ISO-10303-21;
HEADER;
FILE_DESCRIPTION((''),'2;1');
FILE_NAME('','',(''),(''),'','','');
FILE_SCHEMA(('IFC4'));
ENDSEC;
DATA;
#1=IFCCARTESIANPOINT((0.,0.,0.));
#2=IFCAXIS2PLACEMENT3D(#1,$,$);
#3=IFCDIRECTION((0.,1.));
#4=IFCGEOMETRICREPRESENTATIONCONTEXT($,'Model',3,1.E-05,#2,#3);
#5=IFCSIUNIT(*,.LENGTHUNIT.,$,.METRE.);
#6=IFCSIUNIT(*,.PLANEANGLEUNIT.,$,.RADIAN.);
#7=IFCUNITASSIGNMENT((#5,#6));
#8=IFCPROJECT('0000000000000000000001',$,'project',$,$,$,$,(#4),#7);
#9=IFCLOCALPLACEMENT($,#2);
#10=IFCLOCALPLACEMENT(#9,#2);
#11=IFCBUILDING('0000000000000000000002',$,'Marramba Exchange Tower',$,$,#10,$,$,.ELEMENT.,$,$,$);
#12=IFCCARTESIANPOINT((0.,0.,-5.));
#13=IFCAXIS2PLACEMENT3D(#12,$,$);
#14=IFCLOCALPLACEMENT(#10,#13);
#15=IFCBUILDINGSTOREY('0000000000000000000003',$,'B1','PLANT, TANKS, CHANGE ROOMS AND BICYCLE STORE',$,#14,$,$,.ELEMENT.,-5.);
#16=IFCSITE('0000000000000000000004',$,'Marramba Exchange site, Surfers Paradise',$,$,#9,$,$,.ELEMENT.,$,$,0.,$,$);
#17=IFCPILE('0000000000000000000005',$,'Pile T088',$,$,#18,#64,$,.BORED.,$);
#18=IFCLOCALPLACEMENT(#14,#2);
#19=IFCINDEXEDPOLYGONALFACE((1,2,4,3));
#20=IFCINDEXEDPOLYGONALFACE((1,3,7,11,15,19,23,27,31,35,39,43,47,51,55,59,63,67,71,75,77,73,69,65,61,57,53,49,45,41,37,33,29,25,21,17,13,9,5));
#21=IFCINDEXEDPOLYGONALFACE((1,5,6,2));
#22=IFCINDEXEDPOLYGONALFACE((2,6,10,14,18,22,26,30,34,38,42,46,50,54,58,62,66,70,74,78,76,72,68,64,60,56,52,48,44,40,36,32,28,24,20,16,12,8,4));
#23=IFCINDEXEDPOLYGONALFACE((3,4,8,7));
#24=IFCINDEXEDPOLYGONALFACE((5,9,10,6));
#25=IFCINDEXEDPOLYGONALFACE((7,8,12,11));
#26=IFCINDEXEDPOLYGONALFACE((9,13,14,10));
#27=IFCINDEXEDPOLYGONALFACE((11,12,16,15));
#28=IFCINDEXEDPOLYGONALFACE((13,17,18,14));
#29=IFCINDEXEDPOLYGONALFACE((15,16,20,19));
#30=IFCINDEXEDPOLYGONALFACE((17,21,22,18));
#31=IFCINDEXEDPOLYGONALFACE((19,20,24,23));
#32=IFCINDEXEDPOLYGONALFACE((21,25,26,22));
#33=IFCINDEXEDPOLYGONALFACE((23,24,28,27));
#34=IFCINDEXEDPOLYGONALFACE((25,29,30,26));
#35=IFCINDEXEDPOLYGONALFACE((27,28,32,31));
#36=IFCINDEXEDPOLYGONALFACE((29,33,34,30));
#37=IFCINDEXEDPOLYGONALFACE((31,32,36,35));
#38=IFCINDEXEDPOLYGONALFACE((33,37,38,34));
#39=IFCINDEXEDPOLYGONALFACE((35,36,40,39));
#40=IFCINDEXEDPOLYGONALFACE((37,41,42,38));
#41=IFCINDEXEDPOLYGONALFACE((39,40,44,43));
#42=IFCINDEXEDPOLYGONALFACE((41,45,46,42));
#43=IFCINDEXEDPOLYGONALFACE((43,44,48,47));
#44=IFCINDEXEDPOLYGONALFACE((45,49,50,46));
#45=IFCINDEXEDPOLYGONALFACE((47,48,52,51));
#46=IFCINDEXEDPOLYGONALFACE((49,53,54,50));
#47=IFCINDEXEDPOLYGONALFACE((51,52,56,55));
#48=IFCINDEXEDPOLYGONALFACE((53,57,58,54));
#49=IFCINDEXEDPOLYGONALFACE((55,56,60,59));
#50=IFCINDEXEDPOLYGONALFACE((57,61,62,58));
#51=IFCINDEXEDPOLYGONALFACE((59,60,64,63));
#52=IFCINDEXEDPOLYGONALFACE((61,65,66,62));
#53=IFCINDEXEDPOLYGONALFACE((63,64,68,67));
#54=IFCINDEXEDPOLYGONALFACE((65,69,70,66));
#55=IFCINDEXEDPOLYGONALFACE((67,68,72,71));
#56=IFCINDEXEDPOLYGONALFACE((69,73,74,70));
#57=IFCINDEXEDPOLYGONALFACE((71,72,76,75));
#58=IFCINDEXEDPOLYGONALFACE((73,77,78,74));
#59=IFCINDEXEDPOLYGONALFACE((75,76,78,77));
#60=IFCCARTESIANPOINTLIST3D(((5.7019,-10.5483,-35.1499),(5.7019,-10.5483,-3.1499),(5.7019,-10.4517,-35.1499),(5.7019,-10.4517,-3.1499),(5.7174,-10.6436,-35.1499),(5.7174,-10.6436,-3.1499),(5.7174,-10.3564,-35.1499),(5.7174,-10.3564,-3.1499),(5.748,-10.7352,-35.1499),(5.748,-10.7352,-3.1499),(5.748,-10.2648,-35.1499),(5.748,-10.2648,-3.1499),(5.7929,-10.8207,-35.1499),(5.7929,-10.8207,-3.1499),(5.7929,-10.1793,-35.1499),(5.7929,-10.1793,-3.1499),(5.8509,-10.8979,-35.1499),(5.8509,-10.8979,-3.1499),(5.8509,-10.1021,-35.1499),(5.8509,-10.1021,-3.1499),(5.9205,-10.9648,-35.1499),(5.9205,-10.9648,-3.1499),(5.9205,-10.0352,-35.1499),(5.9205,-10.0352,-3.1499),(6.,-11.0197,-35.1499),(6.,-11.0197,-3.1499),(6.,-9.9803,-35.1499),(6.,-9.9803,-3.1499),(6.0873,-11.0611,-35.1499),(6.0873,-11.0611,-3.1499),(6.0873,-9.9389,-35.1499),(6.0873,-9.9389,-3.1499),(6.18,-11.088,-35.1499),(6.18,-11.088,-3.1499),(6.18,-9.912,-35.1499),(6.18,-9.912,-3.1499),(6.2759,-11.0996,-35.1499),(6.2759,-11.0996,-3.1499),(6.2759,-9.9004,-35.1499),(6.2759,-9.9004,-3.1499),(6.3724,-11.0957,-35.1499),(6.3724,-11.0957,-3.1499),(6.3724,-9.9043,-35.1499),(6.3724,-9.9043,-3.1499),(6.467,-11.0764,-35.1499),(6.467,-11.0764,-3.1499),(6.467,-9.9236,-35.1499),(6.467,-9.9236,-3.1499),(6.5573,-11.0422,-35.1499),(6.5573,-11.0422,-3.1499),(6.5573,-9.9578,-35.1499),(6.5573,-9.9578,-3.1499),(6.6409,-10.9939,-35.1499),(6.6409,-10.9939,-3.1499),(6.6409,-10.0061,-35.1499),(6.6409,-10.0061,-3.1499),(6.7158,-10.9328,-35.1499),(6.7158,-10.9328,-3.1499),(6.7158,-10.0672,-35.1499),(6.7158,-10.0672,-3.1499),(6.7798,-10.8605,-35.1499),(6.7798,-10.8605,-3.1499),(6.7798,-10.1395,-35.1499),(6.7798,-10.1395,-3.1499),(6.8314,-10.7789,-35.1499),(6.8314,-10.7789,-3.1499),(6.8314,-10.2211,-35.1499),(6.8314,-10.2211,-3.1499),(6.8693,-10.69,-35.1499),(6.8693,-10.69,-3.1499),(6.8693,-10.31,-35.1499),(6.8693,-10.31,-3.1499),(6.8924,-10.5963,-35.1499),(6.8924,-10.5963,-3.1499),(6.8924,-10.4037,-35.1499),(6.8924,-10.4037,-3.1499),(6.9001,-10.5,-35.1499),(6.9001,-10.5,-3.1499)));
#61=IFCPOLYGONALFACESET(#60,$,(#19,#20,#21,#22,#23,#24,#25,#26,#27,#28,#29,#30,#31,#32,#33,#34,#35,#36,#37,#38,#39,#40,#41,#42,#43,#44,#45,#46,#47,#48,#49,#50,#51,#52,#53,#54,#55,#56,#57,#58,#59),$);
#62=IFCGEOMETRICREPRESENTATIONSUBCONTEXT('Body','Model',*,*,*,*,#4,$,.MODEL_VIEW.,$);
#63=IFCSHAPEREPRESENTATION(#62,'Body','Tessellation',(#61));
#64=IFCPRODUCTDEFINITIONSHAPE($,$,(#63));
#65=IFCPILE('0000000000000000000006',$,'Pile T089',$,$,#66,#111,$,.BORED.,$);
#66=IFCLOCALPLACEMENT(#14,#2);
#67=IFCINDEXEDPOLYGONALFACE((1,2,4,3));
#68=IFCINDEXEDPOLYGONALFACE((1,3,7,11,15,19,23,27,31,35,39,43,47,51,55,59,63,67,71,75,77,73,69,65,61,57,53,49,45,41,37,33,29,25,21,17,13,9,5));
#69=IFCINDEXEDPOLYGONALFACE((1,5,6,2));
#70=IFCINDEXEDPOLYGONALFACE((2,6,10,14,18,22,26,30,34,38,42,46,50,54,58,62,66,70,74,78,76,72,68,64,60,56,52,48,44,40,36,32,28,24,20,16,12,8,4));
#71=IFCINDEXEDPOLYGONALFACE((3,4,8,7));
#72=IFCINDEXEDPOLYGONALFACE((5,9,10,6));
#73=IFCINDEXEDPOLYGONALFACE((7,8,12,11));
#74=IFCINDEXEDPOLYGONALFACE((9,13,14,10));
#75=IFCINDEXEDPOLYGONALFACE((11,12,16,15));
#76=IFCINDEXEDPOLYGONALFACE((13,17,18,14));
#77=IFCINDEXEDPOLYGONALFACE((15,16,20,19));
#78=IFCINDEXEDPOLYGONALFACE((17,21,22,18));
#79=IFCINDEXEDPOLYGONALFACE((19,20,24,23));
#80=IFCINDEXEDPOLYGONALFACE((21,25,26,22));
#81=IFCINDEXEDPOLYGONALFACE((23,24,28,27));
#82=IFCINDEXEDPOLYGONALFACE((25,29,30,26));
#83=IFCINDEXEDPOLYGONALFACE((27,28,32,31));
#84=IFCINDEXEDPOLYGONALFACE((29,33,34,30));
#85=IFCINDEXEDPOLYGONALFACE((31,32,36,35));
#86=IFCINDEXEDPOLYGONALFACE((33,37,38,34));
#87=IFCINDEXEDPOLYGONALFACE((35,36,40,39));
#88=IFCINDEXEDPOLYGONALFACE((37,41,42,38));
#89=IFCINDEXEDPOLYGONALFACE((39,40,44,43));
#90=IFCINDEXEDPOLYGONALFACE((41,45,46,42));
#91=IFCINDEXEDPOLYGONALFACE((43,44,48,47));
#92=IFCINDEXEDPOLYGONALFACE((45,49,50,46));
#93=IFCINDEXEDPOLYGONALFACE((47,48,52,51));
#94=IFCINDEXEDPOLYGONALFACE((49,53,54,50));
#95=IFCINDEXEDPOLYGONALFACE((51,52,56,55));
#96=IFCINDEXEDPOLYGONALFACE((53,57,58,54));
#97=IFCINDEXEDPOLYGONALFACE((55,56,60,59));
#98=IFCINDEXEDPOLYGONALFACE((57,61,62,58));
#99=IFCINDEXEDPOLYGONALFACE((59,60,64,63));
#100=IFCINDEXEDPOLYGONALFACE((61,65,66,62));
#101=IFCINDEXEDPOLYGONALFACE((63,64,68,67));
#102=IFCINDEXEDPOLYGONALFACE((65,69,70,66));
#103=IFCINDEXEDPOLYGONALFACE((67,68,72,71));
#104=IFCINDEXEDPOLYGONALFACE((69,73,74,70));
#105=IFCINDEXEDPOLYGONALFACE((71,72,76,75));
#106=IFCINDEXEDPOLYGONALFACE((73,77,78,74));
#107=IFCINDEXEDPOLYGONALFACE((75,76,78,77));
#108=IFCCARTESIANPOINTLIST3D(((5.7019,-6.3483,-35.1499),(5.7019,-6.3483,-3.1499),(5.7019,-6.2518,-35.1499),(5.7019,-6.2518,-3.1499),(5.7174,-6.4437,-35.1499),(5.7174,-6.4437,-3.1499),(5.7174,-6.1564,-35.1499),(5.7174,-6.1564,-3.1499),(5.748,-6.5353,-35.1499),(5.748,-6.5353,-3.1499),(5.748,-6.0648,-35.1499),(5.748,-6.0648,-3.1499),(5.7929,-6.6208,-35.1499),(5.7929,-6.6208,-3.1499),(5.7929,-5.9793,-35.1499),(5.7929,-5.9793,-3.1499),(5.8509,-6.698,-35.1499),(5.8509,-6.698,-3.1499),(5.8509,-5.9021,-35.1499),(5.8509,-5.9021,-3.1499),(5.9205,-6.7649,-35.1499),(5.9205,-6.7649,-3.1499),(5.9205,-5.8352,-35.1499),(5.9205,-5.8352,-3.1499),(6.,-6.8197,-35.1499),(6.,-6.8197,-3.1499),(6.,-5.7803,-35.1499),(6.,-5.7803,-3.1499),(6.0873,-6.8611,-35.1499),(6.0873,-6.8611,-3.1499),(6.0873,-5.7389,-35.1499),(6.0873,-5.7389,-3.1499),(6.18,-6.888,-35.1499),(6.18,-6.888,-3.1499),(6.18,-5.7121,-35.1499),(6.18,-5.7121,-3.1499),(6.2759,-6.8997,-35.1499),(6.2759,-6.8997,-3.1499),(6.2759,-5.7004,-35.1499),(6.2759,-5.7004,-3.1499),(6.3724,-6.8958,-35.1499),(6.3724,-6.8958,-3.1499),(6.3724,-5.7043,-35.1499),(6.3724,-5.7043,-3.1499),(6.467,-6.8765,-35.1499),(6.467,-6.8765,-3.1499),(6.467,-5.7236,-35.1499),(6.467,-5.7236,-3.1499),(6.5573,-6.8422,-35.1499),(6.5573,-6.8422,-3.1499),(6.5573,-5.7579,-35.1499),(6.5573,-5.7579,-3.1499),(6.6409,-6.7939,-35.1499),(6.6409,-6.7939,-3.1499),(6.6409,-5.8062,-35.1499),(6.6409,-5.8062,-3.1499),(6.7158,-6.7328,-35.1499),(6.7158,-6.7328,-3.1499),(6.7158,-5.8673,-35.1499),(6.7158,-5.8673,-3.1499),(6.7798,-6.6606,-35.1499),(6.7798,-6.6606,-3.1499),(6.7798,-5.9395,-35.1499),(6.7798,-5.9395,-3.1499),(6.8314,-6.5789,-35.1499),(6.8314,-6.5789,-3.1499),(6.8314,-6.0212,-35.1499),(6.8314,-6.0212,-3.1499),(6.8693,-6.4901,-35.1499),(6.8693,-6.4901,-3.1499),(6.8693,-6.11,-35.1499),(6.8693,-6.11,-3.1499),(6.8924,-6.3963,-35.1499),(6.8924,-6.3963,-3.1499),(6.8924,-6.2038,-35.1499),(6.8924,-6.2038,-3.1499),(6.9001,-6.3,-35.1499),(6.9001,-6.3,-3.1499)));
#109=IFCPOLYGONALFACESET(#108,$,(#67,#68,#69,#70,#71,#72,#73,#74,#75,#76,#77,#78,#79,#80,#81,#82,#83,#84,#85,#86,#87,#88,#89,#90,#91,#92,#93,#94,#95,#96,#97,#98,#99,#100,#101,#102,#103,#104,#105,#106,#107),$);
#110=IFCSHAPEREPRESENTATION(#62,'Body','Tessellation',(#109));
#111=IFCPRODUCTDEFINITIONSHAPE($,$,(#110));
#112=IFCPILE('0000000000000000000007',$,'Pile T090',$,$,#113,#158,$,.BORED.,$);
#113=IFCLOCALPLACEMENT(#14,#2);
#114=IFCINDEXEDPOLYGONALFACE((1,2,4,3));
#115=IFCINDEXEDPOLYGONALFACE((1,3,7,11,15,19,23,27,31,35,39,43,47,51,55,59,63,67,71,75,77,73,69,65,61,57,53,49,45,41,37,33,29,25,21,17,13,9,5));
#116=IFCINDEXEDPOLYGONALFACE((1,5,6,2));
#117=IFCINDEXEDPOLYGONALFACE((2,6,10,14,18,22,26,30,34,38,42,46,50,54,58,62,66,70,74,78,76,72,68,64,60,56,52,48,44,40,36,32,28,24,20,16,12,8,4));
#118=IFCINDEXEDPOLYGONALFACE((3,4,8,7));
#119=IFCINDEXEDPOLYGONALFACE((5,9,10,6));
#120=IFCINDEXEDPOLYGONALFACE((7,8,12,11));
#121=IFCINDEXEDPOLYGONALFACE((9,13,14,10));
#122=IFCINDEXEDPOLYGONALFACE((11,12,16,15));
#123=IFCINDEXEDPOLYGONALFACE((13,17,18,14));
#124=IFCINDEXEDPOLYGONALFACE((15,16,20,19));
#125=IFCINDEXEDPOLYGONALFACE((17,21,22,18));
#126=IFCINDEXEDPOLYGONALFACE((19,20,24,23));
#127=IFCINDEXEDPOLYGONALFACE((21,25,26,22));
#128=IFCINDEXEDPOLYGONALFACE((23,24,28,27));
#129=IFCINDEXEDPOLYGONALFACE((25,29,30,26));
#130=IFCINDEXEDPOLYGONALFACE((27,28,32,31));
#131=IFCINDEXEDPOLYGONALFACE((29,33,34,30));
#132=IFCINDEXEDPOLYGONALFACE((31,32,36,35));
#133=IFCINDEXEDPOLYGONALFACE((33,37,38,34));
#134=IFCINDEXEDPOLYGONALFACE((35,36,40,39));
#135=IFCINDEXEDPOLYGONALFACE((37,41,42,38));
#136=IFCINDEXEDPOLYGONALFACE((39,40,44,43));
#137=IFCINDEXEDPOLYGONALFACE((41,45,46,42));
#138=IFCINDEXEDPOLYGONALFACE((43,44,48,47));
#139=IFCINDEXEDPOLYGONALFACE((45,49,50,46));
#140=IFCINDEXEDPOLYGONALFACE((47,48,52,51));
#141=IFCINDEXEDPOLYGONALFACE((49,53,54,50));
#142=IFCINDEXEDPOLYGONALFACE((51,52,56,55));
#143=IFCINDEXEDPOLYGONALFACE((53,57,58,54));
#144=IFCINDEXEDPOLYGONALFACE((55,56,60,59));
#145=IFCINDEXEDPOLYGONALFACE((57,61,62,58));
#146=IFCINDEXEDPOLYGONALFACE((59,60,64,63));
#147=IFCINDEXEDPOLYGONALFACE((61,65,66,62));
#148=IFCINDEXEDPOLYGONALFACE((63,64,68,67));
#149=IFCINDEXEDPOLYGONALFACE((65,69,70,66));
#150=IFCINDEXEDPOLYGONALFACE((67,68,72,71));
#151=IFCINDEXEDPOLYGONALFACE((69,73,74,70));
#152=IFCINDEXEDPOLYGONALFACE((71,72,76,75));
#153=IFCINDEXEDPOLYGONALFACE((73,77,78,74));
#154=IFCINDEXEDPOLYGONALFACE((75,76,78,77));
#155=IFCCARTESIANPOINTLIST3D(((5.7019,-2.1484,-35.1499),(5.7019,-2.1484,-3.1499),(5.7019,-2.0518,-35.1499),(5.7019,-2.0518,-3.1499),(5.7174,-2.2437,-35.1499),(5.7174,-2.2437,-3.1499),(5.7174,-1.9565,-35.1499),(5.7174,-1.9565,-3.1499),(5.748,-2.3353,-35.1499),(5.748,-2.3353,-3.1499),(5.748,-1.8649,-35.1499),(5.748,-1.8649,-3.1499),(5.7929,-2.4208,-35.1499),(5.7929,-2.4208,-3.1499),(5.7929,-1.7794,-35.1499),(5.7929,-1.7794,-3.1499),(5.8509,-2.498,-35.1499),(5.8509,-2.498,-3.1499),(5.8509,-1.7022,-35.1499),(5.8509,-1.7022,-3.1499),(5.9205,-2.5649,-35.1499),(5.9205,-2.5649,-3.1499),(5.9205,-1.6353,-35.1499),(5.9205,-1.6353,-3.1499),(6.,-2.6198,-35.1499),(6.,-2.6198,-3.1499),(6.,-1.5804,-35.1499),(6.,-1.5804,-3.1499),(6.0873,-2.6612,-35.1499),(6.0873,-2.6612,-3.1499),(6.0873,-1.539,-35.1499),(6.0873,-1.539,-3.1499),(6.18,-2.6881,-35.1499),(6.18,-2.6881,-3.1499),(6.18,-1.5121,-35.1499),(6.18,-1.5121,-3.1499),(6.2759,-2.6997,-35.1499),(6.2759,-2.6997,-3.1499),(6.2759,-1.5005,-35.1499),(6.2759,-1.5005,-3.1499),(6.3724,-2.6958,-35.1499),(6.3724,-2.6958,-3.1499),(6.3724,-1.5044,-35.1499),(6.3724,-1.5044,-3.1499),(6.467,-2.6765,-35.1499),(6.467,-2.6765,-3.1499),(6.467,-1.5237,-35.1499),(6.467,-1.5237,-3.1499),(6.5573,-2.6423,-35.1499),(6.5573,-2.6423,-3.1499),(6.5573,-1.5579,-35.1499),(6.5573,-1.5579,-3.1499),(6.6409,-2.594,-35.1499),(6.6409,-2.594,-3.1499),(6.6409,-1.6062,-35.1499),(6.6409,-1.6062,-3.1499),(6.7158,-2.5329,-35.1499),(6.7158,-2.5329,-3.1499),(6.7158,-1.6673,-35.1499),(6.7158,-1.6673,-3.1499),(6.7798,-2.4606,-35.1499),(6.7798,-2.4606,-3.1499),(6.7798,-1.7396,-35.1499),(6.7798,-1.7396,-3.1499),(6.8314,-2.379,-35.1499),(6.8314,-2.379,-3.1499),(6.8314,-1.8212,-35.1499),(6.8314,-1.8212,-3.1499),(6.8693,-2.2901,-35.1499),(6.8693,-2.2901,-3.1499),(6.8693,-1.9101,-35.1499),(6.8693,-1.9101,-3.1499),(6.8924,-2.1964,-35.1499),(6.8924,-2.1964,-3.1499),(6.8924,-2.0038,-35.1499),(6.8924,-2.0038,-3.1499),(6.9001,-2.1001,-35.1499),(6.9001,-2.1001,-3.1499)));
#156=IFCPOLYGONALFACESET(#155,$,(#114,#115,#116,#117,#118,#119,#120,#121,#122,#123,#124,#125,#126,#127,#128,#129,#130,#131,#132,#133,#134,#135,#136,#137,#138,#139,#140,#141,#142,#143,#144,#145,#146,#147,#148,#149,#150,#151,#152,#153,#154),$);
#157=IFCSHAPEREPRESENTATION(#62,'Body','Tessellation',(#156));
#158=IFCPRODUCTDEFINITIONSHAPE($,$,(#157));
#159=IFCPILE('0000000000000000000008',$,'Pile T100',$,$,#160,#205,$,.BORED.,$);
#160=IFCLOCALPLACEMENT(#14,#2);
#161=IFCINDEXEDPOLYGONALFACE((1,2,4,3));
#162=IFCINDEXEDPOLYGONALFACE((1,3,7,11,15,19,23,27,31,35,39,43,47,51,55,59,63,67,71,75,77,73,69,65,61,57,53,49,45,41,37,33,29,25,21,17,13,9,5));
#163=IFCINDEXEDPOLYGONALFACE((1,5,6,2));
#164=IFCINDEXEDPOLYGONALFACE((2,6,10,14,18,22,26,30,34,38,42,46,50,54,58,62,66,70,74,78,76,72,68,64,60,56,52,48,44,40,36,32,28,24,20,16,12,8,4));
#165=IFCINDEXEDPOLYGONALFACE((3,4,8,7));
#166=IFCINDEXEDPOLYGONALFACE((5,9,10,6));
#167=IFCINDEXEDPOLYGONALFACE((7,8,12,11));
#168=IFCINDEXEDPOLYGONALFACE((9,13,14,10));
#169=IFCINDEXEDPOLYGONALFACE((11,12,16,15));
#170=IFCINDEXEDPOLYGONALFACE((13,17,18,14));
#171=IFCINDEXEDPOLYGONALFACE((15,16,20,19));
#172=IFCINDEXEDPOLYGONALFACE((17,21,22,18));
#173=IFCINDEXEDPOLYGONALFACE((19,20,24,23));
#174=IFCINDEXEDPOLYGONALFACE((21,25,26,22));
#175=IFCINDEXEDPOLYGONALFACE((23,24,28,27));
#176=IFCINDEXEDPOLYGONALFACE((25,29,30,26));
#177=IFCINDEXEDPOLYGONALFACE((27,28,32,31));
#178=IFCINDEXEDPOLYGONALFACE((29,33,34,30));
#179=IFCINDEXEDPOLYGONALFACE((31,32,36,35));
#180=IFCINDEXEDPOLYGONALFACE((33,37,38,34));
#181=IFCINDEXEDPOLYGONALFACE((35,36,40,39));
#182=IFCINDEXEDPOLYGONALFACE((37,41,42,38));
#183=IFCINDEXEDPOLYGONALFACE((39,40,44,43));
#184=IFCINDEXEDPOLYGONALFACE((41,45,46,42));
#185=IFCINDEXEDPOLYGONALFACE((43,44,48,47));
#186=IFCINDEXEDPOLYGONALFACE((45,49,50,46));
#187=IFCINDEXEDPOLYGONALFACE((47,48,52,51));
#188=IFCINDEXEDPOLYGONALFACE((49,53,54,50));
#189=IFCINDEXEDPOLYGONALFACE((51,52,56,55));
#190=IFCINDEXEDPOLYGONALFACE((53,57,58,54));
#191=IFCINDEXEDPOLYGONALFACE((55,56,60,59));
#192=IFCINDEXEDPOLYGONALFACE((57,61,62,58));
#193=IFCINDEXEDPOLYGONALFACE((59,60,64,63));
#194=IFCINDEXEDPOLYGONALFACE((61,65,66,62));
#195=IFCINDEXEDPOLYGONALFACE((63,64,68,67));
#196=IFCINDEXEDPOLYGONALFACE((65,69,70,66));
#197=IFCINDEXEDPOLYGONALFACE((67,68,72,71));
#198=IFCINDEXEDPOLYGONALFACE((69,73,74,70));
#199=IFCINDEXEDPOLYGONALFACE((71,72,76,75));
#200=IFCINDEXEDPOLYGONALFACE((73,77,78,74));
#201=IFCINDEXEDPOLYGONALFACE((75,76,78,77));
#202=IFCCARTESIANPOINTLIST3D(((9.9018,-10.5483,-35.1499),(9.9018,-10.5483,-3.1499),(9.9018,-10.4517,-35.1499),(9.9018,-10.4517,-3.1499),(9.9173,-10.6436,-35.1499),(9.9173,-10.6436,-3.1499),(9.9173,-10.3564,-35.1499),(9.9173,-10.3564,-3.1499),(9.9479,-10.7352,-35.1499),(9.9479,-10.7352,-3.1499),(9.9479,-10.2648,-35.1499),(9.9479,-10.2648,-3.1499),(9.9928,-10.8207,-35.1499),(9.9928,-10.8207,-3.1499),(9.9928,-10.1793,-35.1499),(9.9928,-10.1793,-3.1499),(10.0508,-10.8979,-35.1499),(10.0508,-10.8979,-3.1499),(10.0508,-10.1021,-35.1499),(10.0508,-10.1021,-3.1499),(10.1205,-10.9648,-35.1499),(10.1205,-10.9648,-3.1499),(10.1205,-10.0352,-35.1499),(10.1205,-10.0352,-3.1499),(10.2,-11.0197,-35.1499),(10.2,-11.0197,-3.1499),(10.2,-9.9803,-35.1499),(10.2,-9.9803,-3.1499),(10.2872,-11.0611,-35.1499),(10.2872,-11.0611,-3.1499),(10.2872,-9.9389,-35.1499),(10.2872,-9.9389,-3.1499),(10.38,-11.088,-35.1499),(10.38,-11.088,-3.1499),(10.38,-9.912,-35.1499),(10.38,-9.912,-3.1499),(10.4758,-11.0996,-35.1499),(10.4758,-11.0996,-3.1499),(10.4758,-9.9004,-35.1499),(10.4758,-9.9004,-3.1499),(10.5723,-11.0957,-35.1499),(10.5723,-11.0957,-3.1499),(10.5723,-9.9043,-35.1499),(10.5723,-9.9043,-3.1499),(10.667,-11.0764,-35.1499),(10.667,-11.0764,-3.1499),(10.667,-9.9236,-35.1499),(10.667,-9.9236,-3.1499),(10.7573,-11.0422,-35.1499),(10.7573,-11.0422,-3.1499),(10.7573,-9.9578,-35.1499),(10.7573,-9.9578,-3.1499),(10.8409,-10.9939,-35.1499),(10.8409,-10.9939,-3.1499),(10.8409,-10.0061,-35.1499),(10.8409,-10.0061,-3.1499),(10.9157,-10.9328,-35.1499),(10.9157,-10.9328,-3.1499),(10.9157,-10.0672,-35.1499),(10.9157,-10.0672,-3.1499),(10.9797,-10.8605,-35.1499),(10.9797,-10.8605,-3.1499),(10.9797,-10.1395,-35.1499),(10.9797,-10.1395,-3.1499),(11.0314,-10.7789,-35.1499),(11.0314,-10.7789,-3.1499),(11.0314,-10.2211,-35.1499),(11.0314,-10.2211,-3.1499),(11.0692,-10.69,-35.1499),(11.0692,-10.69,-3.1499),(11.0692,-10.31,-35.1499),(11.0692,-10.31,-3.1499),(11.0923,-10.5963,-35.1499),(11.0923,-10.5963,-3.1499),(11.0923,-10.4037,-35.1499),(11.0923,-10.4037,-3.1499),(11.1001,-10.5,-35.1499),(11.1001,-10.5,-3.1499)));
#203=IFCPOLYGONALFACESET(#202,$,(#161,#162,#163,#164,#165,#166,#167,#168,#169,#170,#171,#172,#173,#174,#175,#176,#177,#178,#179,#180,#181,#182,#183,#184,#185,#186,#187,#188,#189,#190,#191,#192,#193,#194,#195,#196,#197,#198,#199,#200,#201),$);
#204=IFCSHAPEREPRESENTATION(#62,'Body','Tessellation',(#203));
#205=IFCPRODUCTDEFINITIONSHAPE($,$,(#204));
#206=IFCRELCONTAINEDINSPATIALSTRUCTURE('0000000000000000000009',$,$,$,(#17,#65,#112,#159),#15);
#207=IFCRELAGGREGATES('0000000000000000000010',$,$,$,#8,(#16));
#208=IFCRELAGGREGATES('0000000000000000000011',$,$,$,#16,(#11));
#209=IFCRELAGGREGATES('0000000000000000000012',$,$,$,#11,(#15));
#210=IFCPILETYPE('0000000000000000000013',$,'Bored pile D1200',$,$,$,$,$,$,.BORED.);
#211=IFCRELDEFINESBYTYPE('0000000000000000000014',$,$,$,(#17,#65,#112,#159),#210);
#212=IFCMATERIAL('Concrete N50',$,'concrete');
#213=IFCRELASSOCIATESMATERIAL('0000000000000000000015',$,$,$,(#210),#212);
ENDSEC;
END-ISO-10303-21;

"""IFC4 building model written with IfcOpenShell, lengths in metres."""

from ifc_helpers import new_model, si_unit, direction, frame, origin, origin_2d, place, context, subcontext, project, spatial, circle, extrude, material, material_profile, profile_set, type_object, element, save


model = new_model("IFC4")

# Units and contexts
model_context = context("Model", 3, precision=1e-05, world=origin(), true_north=direction((0.0, 1.0)))
body_context = subcontext(model_context, "Body", "Model", "MODEL_VIEW")
ifc_project = project(units=[si_unit("LENGTHUNIT", "METRE"), si_unit("PLANEANGLEUNIT", "RADIAN")], contexts=[model_context])

# Site, building, storey
site_placement = place(None, origin())
site = spatial("IfcSite", under=ifc_project, at=site_placement, Name="Marramba Exchange site, Surfers Paradise", CompositionType="ELEMENT", RefElevation=0.0)
building_placement = place(site_placement, origin())
building = spatial("IfcBuilding", under=site, at=building_placement, Name="Marramba Exchange Tower", CompositionType="ELEMENT")
storey_placement = place(building_placement, frame((0.0, 0.0, -5.0)))
storey = spatial("IfcBuildingStorey", under=building, at=storey_placement, Name="B1", Description="PLANT, TANKS, CHANGE ROOMS AND BICYCLE STORE", CompositionType="ELEMENT", Elevation=-5.0)

# Piles
ifc_material_1 = material(Name="Concrete N50", Category="concrete")
ifc_material_profile_1 = material_profile(ifc_material_1, circle(Radius=0.6001, at=origin_2d()), Name="BP D1200")
ifc_profile_set_1 = profile_set([ifc_material_profile_1], Name="Concrete N50")
pile_type = type_object("IfcPileType", Name="Bored pile D1200", PredefinedType="BORED", material=ifc_profile_set_1)
for number, where, z_axis, x_axis, name in (
    (1, (6.3, -10.5, -3.1499), (0.0, 0.0, -1.0), (1.0, 0.0, 0.0), "Pile T088"),
    (2, (6.3, -6.3, -3.1499), (0.0, 0.0, -1.0), (1.0, 0.0, 0.0), "Pile T089"),
    (3, (6.3, -2.1001, -3.1499), (0.0, 0.0, -1.0), (1.0, 0.0, 0.0), "Pile T090"),
    (4, (10.5, -10.5, -3.1499), (0.0, 0.0, -1.0), (1.0, 0.0, 0.0), "Pile T100"),
):
    element("IfcPile", number, at=place(storey_placement, frame(where, z_axis=z_axis, x_axis=x_axis)), inside=storey, type_object=pile_type, Name=name, PredefinedType="BORED", context=body_context, shape_type="SweptSolid", body=[
        extrude(circle(Radius=0.6001, at=origin_2d()), origin(), (0.0, 0.0, 1.0), 32.0),
    ])

save(model, "model.ifc")
